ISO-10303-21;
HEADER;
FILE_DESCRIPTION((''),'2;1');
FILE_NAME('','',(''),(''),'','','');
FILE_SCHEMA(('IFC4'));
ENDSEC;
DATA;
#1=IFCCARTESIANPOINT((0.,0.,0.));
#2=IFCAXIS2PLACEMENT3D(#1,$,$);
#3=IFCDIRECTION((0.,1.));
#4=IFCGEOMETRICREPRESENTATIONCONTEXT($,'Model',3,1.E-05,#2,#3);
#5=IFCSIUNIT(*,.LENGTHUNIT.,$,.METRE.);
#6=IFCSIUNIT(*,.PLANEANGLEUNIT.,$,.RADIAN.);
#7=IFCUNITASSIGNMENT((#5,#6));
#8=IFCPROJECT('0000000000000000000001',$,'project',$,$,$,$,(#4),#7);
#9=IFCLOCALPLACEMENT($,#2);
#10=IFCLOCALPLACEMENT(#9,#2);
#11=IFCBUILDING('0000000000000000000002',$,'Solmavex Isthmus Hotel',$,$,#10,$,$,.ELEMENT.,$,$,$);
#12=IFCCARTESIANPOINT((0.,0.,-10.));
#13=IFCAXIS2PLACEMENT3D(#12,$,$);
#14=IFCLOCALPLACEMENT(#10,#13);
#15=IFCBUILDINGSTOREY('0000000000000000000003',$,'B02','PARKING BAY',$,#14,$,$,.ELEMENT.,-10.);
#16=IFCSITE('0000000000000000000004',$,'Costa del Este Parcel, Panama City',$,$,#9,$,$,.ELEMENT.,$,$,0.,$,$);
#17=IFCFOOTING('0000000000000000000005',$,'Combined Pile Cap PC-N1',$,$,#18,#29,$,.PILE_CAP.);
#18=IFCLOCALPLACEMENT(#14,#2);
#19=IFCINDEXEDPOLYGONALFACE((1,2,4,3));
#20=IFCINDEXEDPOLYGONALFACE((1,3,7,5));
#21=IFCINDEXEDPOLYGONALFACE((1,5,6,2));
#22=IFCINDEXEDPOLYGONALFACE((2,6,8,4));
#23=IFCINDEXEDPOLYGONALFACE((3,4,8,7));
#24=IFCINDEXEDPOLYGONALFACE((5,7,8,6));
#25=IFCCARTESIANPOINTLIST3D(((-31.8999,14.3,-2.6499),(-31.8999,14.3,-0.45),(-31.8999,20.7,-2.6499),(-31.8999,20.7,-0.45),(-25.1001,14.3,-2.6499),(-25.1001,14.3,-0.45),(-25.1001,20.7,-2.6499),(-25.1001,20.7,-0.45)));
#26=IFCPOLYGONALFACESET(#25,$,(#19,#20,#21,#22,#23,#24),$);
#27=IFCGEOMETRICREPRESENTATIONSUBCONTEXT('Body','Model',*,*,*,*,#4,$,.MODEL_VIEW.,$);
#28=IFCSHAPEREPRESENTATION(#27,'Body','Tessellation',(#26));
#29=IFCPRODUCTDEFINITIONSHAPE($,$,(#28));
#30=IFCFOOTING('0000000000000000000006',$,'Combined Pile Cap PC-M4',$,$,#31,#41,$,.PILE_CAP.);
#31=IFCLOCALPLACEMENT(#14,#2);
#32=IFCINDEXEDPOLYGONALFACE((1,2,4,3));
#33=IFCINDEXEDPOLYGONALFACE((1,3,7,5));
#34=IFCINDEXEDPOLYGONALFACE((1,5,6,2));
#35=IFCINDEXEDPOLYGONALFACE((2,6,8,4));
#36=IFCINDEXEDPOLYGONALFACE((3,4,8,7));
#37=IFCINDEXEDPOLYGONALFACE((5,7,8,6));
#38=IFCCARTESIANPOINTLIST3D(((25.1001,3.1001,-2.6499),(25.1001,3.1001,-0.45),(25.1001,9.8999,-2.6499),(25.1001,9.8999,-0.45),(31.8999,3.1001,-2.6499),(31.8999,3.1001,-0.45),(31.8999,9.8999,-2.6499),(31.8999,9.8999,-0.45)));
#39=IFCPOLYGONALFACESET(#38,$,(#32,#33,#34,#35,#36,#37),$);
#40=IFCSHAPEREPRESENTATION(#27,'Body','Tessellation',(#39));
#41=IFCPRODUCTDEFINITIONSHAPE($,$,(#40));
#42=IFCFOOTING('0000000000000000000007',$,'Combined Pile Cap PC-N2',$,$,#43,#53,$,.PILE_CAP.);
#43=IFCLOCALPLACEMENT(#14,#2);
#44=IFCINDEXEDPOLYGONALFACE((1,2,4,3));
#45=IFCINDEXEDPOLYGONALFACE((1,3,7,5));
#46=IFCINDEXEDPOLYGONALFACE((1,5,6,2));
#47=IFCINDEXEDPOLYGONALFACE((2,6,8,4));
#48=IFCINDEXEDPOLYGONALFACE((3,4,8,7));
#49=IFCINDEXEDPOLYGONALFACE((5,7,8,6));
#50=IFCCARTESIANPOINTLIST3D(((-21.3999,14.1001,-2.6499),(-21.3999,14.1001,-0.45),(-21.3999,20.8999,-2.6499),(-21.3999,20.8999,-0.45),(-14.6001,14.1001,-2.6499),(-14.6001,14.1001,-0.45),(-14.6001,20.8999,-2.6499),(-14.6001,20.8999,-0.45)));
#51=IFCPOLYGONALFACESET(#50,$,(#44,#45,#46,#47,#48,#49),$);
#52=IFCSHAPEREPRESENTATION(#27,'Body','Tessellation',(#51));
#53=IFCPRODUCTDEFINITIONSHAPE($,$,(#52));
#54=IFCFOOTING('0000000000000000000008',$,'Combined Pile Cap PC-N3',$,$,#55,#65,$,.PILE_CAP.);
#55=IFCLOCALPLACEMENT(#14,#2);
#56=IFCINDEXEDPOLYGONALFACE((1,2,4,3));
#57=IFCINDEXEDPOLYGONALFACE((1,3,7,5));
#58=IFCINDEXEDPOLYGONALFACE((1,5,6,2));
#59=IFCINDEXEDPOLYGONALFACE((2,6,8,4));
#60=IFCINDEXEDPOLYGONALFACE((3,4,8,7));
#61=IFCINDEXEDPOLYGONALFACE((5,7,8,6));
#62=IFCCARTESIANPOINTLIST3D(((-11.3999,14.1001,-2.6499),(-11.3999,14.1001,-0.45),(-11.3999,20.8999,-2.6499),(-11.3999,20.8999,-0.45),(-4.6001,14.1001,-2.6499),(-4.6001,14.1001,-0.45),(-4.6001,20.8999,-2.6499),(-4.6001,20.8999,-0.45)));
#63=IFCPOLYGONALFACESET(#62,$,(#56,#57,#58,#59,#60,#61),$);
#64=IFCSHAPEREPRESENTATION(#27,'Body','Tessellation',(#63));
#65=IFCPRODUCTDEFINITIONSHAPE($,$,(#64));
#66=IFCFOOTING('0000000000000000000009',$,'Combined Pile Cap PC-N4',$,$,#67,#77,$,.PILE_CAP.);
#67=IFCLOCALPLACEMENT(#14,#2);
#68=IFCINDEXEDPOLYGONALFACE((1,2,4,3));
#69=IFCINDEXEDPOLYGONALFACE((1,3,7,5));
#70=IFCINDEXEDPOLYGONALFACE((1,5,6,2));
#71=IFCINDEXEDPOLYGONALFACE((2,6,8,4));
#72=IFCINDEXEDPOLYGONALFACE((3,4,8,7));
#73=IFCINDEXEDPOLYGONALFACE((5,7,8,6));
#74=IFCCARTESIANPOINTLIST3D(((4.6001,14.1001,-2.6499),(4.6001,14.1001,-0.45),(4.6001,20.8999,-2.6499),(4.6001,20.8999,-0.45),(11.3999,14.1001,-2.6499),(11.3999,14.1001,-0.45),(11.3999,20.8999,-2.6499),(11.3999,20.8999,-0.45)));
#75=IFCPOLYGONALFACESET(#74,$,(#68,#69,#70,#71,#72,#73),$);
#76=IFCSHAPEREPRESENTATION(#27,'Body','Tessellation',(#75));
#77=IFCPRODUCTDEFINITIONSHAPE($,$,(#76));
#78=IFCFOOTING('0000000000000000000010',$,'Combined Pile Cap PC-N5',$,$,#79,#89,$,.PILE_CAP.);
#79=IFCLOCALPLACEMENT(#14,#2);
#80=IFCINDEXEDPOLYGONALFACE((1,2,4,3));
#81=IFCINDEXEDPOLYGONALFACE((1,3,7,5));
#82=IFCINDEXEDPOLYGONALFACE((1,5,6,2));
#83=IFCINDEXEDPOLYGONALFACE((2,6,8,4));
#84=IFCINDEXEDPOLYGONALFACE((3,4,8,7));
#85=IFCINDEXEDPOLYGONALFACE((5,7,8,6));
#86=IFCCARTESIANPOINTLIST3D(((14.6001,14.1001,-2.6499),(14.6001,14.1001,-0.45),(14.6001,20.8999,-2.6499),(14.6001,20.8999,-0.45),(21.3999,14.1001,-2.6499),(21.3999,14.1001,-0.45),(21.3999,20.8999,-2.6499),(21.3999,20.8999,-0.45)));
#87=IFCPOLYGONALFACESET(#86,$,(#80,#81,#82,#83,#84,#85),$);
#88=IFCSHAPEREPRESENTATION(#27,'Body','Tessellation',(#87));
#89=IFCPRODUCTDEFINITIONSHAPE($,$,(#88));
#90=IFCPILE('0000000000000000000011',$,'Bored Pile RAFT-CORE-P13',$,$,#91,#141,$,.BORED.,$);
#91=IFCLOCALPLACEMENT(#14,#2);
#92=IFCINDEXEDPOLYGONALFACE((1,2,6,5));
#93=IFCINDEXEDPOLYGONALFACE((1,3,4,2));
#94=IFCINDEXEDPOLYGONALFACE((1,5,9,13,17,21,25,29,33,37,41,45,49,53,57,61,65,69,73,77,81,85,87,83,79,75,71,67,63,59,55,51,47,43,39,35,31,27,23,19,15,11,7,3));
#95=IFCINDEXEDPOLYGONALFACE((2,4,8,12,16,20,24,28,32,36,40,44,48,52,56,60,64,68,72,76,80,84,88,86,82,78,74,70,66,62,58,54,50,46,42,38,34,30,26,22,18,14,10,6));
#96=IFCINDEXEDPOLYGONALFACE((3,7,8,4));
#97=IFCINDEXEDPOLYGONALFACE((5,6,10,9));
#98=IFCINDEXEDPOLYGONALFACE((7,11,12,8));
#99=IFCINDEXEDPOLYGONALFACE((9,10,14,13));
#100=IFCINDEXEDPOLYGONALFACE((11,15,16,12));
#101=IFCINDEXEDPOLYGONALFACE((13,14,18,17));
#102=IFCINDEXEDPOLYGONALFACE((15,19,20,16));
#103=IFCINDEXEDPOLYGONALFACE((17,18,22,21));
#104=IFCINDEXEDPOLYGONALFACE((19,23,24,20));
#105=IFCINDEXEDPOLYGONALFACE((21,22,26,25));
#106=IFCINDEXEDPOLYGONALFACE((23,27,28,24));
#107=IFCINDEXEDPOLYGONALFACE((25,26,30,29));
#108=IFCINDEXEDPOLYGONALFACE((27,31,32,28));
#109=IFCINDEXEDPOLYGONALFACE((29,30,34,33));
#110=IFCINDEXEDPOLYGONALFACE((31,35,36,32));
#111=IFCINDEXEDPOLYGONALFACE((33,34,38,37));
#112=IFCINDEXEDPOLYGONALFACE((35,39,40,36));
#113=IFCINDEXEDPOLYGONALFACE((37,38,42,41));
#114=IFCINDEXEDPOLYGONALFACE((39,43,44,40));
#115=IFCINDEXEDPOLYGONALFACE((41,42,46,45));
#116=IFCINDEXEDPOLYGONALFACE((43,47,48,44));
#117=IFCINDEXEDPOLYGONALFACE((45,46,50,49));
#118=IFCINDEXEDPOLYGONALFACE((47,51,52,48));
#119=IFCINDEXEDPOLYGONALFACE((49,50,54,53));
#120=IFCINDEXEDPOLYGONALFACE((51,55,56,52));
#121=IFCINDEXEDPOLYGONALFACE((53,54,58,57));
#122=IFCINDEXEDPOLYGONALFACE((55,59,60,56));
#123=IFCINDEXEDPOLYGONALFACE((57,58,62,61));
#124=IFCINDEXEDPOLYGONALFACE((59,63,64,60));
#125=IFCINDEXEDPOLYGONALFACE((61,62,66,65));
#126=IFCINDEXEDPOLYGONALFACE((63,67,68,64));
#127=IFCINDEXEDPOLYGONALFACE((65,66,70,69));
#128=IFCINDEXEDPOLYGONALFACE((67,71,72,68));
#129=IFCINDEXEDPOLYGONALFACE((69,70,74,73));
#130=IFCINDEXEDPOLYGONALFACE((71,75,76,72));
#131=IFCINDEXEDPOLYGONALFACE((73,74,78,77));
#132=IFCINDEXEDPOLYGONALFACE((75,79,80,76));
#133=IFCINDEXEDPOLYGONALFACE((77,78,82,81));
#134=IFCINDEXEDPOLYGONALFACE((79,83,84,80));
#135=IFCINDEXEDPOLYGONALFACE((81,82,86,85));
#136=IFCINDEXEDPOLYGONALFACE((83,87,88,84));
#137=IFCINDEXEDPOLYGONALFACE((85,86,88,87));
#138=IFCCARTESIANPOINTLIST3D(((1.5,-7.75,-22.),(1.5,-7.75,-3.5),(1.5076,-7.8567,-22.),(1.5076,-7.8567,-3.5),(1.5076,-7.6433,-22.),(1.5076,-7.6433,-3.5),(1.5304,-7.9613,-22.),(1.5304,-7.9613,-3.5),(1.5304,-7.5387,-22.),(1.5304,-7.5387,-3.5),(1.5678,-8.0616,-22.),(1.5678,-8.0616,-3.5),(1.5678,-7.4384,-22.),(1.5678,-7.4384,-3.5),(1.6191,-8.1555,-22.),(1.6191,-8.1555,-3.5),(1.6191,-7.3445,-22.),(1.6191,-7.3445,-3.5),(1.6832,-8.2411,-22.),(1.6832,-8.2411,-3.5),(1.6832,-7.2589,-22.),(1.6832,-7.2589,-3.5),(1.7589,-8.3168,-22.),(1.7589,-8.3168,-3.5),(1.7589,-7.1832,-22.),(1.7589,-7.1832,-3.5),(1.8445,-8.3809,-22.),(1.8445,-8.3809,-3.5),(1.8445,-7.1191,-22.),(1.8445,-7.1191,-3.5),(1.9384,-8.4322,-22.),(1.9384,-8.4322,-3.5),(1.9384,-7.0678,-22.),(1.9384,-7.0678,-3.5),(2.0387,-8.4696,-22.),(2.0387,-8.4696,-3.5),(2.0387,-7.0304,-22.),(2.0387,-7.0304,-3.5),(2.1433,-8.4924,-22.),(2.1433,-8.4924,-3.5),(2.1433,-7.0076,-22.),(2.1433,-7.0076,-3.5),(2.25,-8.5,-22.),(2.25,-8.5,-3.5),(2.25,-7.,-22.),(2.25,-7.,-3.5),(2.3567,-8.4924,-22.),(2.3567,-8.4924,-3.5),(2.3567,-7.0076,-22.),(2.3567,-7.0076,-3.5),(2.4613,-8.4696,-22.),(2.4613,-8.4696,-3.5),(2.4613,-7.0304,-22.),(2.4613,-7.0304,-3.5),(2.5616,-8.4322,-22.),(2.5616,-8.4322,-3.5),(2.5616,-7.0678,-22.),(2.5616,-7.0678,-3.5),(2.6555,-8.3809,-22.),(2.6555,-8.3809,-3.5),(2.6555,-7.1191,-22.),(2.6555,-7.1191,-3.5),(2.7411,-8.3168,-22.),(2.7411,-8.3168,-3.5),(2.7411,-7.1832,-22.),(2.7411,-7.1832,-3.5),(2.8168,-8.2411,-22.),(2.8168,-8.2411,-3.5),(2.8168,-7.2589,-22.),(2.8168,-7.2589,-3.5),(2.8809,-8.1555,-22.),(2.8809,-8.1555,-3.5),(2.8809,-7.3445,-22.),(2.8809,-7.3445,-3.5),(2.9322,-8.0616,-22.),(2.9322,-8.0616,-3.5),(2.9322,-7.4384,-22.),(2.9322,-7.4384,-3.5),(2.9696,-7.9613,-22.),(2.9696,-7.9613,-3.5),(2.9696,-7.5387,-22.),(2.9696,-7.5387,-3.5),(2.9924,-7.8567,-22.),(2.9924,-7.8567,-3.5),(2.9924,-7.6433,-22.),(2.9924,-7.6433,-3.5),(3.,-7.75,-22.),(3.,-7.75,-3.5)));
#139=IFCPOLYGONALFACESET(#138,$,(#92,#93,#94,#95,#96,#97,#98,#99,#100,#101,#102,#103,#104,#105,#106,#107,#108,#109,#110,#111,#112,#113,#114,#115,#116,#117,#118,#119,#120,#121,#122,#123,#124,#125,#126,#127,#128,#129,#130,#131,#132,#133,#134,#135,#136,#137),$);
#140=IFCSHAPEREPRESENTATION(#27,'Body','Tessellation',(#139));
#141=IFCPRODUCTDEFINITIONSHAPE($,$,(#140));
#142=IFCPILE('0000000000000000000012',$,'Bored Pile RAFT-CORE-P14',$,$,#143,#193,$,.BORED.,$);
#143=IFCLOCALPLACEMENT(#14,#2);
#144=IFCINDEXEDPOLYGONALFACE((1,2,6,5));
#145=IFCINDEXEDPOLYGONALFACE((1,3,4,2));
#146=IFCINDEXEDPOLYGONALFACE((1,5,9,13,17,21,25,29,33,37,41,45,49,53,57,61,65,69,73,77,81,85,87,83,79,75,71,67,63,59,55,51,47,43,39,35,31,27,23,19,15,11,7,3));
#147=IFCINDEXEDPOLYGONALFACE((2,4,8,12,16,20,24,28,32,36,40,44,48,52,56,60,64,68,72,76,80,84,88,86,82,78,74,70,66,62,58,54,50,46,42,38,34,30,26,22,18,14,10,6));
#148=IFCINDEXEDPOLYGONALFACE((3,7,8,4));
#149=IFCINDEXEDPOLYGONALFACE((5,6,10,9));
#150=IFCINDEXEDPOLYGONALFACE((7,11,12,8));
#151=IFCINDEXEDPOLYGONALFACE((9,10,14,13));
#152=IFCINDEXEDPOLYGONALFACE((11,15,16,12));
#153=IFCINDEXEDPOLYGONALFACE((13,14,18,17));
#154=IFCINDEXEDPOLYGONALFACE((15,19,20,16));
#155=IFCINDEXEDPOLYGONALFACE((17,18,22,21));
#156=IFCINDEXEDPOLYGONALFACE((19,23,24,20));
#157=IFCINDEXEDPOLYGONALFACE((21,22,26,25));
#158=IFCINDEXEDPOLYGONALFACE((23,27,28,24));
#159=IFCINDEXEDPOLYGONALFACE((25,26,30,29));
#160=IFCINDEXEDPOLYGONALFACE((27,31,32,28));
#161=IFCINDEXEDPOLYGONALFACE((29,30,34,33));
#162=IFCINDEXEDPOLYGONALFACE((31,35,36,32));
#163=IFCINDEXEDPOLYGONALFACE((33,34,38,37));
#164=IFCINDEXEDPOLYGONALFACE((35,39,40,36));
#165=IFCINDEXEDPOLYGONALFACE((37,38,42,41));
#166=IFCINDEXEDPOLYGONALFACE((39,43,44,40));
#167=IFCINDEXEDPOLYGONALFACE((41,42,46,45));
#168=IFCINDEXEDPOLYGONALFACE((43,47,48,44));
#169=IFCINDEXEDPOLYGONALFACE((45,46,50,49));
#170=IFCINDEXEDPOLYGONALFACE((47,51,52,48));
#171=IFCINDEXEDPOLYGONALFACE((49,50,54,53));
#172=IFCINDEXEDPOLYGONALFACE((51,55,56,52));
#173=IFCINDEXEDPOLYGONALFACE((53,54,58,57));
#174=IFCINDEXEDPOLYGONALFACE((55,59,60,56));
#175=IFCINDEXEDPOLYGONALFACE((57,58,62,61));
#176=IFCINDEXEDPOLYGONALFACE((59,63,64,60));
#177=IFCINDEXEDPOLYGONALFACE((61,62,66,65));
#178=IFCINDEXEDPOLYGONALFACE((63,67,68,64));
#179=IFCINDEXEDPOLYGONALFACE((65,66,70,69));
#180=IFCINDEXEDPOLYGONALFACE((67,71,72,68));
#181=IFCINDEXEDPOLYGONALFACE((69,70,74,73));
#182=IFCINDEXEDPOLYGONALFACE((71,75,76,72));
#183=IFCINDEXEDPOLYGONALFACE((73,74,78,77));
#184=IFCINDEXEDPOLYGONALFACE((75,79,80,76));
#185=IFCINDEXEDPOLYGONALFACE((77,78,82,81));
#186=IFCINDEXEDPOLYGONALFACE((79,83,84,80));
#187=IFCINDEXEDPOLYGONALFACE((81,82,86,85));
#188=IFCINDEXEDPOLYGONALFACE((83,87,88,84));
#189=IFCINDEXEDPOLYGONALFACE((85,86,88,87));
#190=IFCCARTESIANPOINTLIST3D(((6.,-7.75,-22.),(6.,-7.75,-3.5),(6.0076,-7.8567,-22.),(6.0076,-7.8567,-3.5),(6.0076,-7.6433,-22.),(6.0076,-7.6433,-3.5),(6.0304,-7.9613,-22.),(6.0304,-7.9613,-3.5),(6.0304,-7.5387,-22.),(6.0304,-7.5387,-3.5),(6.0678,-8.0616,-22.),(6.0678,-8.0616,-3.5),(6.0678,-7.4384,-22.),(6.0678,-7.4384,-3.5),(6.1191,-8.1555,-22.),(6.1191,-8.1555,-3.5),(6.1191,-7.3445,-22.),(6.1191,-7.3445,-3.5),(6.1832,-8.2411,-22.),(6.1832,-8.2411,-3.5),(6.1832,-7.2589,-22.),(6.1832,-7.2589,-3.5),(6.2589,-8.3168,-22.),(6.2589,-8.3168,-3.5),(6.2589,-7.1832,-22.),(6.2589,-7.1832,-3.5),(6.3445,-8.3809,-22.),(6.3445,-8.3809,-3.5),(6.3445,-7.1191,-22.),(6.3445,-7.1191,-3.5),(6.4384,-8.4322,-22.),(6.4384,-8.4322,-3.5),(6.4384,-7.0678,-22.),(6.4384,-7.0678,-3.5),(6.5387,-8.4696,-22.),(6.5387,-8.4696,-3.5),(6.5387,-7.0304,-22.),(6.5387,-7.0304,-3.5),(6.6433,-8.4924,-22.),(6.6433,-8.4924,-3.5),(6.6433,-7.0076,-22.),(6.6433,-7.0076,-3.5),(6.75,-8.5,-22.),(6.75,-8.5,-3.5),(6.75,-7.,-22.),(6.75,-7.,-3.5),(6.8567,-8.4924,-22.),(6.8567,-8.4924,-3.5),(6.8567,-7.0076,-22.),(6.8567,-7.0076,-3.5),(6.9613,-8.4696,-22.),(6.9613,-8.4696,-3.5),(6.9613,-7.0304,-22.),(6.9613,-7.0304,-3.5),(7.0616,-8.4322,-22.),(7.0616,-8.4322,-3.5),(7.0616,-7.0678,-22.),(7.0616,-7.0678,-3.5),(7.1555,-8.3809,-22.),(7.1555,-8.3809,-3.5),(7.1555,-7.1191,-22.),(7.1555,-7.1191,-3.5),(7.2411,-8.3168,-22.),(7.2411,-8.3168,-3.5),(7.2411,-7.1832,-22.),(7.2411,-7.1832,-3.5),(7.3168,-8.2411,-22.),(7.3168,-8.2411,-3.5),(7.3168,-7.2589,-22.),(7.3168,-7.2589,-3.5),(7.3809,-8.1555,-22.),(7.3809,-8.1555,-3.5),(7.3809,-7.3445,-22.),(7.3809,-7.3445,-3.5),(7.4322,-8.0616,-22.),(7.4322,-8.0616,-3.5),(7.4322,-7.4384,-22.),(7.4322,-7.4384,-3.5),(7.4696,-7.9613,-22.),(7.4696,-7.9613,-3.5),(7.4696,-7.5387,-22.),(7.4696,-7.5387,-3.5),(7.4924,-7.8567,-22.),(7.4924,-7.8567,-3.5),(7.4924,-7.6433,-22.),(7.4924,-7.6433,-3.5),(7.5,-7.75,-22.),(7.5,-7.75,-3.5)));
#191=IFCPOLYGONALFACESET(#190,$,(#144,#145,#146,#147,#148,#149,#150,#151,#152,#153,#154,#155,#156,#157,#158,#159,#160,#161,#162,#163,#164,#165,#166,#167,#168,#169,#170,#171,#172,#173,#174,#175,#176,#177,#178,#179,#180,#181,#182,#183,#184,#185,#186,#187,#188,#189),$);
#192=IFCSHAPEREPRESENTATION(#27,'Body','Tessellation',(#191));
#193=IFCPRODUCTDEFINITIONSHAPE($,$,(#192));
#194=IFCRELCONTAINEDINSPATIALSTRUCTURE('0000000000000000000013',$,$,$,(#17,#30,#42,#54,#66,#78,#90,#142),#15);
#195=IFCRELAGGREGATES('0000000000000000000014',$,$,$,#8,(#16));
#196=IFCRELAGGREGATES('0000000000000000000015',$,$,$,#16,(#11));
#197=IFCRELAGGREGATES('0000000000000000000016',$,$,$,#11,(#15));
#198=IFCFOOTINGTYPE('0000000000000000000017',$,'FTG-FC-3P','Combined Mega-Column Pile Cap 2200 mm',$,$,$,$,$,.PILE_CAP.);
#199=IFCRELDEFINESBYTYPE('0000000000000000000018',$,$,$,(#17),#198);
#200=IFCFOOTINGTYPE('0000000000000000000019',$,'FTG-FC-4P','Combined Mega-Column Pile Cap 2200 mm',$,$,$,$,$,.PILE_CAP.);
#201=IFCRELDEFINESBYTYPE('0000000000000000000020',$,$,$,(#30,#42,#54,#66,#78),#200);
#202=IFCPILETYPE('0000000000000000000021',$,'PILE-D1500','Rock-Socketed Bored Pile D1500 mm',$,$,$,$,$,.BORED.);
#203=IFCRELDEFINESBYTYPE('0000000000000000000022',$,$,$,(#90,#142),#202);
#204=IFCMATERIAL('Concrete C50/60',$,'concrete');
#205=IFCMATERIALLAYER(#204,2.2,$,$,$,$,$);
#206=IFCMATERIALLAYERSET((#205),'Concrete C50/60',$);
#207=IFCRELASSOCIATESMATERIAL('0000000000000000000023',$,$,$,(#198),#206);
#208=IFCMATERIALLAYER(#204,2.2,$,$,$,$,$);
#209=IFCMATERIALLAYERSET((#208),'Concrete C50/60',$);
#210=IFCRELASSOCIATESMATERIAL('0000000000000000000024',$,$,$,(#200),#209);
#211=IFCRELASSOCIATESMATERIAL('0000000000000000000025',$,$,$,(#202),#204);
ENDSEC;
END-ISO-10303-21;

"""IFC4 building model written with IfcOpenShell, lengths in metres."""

from ifc_helpers import new_model, si_unit, direction, frame, origin, origin_2d, place, context, subcontext, project, spatial, polyline, circle, outline, extrude, material, layer, layer_set, material_profile, profile_set, type_object, element, save


model = new_model("IFC4")

# Units and contexts
model_context = context("Model", 3, precision=1e-05, world=origin(), true_north=direction((0.0, 1.0)))
body_context = subcontext(model_context, "Body", "Model", "MODEL_VIEW")
ifc_project = project(units=[si_unit("LENGTHUNIT", "METRE"), si_unit("PLANEANGLEUNIT", "RADIAN")], contexts=[model_context])

# Site, building, storey
site_placement = place(None, origin())
site = spatial("IfcSite", under=ifc_project, at=site_placement, Name="Costa del Este Parcel, Panama City", CompositionType="ELEMENT", RefElevation=0.0)
building_placement = place(site_placement, origin())
building = spatial("IfcBuilding", under=site, at=building_placement, Name="Solmavex Isthmus Hotel", CompositionType="ELEMENT")
storey_placement = place(building_placement, frame((0.0, 0.0, -10.0)))
storey = spatial("IfcBuildingStorey", under=building, at=storey_placement, Name="B02", Description="PARKING BAY", CompositionType="ELEMENT", Elevation=-10.0)

# Footings
ifc_material_1 = material(Name="Concrete C50/60", Category="concrete")
ifc_layer_1 = layer(ifc_material_1, 2.2)
ifc_layer_set_1 = layer_set([ifc_layer_1], Name="Concrete C50/60")
footing_type_1 = type_object("IfcFootingType", Name="FTG-FC-3P", Description="Combined Mega-Column Pile Cap 2200 mm", PredefinedType="PILE_CAP", material=ifc_layer_set_1)
footing_1_placement = place(storey_placement, frame((0.0, 0.0, -2.6499)))
element("IfcFooting", 1, at=footing_1_placement, inside=storey, type_object=footing_type_1, Name="Combined Pile Cap PC-N1", PredefinedType="PILE_CAP", context=body_context, shape_type="SweptSolid", body=[
    extrude(outline(polyline([(-31.8999, 14.3), (-25.1001, 14.3), (-25.1001, 20.7), (-31.8999, 20.7), (-31.8999, 14.3)])), origin(), (0.0, 0.0, 1.0), 2.2),
])
ifc_layer_2 = layer(ifc_material_1, 2.2)
ifc_layer_set_2 = layer_set([ifc_layer_2], Name="Concrete C50/60")
footing_type_2 = type_object("IfcFootingType", Name="FTG-FC-4P", Description="Combined Mega-Column Pile Cap 2200 mm", PredefinedType="PILE_CAP", material=ifc_layer_set_2)
footing_2_placement = place(storey_placement, frame((0.0, 0.0, -2.6499)))
element("IfcFooting", 2, at=footing_2_placement, inside=storey, type_object=footing_type_2, Name="Combined Pile Cap PC-M4", PredefinedType="PILE_CAP", context=body_context, shape_type="SweptSolid", body=[
    extrude(outline(polyline([(25.1001, 3.1001), (31.8999, 3.1001), (31.8999, 9.8999), (25.1001, 9.8999), (25.1001, 3.1001)])), origin(), (0.0, 0.0, 1.0), 2.2),
])
footing_3_placement = place(storey_placement, frame((0.0, 0.0, -2.6499)))
element("IfcFooting", 3, at=footing_3_placement, inside=storey, type_object=footing_type_2, Name="Combined Pile Cap PC-N2", PredefinedType="PILE_CAP", context=body_context, shape_type="SweptSolid", body=[
    extrude(outline(polyline([(-21.3999, 14.1001), (-14.6001, 14.1001), (-14.6001, 20.8999), (-21.3999, 20.8999), (-21.3999, 14.1001)])), origin(), (0.0, 0.0, 1.0), 2.2),
])
footing_4_placement = place(storey_placement, frame((0.0, 0.0, -2.6499)))
element("IfcFooting", 4, at=footing_4_placement, inside=storey, type_object=footing_type_2, Name="Combined Pile Cap PC-N3", PredefinedType="PILE_CAP", context=body_context, shape_type="SweptSolid", body=[
    extrude(outline(polyline([(-11.3999, 14.1001), (-4.6001, 14.1001), (-4.6001, 20.8999), (-11.3999, 20.8999), (-11.3999, 14.1001)])), origin(), (0.0, 0.0, 1.0), 2.2),
])
footing_5_placement = place(storey_placement, frame((0.0, 0.0, -2.6499)))
element("IfcFooting", 5, at=footing_5_placement, inside=storey, type_object=footing_type_2, Name="Combined Pile Cap PC-N4", PredefinedType="PILE_CAP", context=body_context, shape_type="SweptSolid", body=[
    extrude(outline(polyline([(4.6001, 14.1001), (11.3999, 14.1001), (11.3999, 20.8999), (4.6001, 20.8999), (4.6001, 14.1001)])), origin(), (0.0, 0.0, 1.0), 2.2),
])
footing_6_placement = place(storey_placement, frame((0.0, 0.0, -2.6499)))
element("IfcFooting", 6, at=footing_6_placement, inside=storey, type_object=footing_type_2, Name="Combined Pile Cap PC-N5", PredefinedType="PILE_CAP", context=body_context, shape_type="SweptSolid", body=[
    extrude(outline(polyline([(14.6001, 14.1001), (21.3999, 14.1001), (21.3999, 20.8999), (14.6001, 20.8999), (14.6001, 14.1001)])), origin(), (0.0, 0.0, 1.0), 2.2),
])

# Piles
ifc_material_profile_1 = material_profile(ifc_material_1, circle(Radius=0.75, at=origin_2d()), Name="PILE1500")
ifc_profile_set_1 = profile_set([ifc_material_profile_1], Name="Concrete C50/60")
pile_type = type_object("IfcPileType", Name="PILE-D1500", Description="Rock-Socketed Bored Pile D1500 mm", PredefinedType="BORED", material=ifc_profile_set_1)
for number, where, z_axis, x_axis, name in (
    (7, (2.25, -7.75, -3.5), (0.0, 0.0, -1.0), (1.0, 0.0, 0.0), "Bored Pile RAFT-CORE-P13"),
    (8, (6.75, -7.75, -3.5), (0.0, 0.0, -1.0), (1.0, 0.0, 0.0), "Bored Pile RAFT-CORE-P14"),
):
    element("IfcPile", number, at=place(storey_placement, frame(where, z_axis=z_axis, x_axis=x_axis)), inside=storey, type_object=pile_type, Name=name, PredefinedType="BORED", context=body_context, shape_type="SweptSolid", body=[
        extrude(circle(Radius=0.75, at=origin_2d()), origin(), (0.0, 0.0, 1.0), 18.5),
    ])

save(model, "model.ifc")
